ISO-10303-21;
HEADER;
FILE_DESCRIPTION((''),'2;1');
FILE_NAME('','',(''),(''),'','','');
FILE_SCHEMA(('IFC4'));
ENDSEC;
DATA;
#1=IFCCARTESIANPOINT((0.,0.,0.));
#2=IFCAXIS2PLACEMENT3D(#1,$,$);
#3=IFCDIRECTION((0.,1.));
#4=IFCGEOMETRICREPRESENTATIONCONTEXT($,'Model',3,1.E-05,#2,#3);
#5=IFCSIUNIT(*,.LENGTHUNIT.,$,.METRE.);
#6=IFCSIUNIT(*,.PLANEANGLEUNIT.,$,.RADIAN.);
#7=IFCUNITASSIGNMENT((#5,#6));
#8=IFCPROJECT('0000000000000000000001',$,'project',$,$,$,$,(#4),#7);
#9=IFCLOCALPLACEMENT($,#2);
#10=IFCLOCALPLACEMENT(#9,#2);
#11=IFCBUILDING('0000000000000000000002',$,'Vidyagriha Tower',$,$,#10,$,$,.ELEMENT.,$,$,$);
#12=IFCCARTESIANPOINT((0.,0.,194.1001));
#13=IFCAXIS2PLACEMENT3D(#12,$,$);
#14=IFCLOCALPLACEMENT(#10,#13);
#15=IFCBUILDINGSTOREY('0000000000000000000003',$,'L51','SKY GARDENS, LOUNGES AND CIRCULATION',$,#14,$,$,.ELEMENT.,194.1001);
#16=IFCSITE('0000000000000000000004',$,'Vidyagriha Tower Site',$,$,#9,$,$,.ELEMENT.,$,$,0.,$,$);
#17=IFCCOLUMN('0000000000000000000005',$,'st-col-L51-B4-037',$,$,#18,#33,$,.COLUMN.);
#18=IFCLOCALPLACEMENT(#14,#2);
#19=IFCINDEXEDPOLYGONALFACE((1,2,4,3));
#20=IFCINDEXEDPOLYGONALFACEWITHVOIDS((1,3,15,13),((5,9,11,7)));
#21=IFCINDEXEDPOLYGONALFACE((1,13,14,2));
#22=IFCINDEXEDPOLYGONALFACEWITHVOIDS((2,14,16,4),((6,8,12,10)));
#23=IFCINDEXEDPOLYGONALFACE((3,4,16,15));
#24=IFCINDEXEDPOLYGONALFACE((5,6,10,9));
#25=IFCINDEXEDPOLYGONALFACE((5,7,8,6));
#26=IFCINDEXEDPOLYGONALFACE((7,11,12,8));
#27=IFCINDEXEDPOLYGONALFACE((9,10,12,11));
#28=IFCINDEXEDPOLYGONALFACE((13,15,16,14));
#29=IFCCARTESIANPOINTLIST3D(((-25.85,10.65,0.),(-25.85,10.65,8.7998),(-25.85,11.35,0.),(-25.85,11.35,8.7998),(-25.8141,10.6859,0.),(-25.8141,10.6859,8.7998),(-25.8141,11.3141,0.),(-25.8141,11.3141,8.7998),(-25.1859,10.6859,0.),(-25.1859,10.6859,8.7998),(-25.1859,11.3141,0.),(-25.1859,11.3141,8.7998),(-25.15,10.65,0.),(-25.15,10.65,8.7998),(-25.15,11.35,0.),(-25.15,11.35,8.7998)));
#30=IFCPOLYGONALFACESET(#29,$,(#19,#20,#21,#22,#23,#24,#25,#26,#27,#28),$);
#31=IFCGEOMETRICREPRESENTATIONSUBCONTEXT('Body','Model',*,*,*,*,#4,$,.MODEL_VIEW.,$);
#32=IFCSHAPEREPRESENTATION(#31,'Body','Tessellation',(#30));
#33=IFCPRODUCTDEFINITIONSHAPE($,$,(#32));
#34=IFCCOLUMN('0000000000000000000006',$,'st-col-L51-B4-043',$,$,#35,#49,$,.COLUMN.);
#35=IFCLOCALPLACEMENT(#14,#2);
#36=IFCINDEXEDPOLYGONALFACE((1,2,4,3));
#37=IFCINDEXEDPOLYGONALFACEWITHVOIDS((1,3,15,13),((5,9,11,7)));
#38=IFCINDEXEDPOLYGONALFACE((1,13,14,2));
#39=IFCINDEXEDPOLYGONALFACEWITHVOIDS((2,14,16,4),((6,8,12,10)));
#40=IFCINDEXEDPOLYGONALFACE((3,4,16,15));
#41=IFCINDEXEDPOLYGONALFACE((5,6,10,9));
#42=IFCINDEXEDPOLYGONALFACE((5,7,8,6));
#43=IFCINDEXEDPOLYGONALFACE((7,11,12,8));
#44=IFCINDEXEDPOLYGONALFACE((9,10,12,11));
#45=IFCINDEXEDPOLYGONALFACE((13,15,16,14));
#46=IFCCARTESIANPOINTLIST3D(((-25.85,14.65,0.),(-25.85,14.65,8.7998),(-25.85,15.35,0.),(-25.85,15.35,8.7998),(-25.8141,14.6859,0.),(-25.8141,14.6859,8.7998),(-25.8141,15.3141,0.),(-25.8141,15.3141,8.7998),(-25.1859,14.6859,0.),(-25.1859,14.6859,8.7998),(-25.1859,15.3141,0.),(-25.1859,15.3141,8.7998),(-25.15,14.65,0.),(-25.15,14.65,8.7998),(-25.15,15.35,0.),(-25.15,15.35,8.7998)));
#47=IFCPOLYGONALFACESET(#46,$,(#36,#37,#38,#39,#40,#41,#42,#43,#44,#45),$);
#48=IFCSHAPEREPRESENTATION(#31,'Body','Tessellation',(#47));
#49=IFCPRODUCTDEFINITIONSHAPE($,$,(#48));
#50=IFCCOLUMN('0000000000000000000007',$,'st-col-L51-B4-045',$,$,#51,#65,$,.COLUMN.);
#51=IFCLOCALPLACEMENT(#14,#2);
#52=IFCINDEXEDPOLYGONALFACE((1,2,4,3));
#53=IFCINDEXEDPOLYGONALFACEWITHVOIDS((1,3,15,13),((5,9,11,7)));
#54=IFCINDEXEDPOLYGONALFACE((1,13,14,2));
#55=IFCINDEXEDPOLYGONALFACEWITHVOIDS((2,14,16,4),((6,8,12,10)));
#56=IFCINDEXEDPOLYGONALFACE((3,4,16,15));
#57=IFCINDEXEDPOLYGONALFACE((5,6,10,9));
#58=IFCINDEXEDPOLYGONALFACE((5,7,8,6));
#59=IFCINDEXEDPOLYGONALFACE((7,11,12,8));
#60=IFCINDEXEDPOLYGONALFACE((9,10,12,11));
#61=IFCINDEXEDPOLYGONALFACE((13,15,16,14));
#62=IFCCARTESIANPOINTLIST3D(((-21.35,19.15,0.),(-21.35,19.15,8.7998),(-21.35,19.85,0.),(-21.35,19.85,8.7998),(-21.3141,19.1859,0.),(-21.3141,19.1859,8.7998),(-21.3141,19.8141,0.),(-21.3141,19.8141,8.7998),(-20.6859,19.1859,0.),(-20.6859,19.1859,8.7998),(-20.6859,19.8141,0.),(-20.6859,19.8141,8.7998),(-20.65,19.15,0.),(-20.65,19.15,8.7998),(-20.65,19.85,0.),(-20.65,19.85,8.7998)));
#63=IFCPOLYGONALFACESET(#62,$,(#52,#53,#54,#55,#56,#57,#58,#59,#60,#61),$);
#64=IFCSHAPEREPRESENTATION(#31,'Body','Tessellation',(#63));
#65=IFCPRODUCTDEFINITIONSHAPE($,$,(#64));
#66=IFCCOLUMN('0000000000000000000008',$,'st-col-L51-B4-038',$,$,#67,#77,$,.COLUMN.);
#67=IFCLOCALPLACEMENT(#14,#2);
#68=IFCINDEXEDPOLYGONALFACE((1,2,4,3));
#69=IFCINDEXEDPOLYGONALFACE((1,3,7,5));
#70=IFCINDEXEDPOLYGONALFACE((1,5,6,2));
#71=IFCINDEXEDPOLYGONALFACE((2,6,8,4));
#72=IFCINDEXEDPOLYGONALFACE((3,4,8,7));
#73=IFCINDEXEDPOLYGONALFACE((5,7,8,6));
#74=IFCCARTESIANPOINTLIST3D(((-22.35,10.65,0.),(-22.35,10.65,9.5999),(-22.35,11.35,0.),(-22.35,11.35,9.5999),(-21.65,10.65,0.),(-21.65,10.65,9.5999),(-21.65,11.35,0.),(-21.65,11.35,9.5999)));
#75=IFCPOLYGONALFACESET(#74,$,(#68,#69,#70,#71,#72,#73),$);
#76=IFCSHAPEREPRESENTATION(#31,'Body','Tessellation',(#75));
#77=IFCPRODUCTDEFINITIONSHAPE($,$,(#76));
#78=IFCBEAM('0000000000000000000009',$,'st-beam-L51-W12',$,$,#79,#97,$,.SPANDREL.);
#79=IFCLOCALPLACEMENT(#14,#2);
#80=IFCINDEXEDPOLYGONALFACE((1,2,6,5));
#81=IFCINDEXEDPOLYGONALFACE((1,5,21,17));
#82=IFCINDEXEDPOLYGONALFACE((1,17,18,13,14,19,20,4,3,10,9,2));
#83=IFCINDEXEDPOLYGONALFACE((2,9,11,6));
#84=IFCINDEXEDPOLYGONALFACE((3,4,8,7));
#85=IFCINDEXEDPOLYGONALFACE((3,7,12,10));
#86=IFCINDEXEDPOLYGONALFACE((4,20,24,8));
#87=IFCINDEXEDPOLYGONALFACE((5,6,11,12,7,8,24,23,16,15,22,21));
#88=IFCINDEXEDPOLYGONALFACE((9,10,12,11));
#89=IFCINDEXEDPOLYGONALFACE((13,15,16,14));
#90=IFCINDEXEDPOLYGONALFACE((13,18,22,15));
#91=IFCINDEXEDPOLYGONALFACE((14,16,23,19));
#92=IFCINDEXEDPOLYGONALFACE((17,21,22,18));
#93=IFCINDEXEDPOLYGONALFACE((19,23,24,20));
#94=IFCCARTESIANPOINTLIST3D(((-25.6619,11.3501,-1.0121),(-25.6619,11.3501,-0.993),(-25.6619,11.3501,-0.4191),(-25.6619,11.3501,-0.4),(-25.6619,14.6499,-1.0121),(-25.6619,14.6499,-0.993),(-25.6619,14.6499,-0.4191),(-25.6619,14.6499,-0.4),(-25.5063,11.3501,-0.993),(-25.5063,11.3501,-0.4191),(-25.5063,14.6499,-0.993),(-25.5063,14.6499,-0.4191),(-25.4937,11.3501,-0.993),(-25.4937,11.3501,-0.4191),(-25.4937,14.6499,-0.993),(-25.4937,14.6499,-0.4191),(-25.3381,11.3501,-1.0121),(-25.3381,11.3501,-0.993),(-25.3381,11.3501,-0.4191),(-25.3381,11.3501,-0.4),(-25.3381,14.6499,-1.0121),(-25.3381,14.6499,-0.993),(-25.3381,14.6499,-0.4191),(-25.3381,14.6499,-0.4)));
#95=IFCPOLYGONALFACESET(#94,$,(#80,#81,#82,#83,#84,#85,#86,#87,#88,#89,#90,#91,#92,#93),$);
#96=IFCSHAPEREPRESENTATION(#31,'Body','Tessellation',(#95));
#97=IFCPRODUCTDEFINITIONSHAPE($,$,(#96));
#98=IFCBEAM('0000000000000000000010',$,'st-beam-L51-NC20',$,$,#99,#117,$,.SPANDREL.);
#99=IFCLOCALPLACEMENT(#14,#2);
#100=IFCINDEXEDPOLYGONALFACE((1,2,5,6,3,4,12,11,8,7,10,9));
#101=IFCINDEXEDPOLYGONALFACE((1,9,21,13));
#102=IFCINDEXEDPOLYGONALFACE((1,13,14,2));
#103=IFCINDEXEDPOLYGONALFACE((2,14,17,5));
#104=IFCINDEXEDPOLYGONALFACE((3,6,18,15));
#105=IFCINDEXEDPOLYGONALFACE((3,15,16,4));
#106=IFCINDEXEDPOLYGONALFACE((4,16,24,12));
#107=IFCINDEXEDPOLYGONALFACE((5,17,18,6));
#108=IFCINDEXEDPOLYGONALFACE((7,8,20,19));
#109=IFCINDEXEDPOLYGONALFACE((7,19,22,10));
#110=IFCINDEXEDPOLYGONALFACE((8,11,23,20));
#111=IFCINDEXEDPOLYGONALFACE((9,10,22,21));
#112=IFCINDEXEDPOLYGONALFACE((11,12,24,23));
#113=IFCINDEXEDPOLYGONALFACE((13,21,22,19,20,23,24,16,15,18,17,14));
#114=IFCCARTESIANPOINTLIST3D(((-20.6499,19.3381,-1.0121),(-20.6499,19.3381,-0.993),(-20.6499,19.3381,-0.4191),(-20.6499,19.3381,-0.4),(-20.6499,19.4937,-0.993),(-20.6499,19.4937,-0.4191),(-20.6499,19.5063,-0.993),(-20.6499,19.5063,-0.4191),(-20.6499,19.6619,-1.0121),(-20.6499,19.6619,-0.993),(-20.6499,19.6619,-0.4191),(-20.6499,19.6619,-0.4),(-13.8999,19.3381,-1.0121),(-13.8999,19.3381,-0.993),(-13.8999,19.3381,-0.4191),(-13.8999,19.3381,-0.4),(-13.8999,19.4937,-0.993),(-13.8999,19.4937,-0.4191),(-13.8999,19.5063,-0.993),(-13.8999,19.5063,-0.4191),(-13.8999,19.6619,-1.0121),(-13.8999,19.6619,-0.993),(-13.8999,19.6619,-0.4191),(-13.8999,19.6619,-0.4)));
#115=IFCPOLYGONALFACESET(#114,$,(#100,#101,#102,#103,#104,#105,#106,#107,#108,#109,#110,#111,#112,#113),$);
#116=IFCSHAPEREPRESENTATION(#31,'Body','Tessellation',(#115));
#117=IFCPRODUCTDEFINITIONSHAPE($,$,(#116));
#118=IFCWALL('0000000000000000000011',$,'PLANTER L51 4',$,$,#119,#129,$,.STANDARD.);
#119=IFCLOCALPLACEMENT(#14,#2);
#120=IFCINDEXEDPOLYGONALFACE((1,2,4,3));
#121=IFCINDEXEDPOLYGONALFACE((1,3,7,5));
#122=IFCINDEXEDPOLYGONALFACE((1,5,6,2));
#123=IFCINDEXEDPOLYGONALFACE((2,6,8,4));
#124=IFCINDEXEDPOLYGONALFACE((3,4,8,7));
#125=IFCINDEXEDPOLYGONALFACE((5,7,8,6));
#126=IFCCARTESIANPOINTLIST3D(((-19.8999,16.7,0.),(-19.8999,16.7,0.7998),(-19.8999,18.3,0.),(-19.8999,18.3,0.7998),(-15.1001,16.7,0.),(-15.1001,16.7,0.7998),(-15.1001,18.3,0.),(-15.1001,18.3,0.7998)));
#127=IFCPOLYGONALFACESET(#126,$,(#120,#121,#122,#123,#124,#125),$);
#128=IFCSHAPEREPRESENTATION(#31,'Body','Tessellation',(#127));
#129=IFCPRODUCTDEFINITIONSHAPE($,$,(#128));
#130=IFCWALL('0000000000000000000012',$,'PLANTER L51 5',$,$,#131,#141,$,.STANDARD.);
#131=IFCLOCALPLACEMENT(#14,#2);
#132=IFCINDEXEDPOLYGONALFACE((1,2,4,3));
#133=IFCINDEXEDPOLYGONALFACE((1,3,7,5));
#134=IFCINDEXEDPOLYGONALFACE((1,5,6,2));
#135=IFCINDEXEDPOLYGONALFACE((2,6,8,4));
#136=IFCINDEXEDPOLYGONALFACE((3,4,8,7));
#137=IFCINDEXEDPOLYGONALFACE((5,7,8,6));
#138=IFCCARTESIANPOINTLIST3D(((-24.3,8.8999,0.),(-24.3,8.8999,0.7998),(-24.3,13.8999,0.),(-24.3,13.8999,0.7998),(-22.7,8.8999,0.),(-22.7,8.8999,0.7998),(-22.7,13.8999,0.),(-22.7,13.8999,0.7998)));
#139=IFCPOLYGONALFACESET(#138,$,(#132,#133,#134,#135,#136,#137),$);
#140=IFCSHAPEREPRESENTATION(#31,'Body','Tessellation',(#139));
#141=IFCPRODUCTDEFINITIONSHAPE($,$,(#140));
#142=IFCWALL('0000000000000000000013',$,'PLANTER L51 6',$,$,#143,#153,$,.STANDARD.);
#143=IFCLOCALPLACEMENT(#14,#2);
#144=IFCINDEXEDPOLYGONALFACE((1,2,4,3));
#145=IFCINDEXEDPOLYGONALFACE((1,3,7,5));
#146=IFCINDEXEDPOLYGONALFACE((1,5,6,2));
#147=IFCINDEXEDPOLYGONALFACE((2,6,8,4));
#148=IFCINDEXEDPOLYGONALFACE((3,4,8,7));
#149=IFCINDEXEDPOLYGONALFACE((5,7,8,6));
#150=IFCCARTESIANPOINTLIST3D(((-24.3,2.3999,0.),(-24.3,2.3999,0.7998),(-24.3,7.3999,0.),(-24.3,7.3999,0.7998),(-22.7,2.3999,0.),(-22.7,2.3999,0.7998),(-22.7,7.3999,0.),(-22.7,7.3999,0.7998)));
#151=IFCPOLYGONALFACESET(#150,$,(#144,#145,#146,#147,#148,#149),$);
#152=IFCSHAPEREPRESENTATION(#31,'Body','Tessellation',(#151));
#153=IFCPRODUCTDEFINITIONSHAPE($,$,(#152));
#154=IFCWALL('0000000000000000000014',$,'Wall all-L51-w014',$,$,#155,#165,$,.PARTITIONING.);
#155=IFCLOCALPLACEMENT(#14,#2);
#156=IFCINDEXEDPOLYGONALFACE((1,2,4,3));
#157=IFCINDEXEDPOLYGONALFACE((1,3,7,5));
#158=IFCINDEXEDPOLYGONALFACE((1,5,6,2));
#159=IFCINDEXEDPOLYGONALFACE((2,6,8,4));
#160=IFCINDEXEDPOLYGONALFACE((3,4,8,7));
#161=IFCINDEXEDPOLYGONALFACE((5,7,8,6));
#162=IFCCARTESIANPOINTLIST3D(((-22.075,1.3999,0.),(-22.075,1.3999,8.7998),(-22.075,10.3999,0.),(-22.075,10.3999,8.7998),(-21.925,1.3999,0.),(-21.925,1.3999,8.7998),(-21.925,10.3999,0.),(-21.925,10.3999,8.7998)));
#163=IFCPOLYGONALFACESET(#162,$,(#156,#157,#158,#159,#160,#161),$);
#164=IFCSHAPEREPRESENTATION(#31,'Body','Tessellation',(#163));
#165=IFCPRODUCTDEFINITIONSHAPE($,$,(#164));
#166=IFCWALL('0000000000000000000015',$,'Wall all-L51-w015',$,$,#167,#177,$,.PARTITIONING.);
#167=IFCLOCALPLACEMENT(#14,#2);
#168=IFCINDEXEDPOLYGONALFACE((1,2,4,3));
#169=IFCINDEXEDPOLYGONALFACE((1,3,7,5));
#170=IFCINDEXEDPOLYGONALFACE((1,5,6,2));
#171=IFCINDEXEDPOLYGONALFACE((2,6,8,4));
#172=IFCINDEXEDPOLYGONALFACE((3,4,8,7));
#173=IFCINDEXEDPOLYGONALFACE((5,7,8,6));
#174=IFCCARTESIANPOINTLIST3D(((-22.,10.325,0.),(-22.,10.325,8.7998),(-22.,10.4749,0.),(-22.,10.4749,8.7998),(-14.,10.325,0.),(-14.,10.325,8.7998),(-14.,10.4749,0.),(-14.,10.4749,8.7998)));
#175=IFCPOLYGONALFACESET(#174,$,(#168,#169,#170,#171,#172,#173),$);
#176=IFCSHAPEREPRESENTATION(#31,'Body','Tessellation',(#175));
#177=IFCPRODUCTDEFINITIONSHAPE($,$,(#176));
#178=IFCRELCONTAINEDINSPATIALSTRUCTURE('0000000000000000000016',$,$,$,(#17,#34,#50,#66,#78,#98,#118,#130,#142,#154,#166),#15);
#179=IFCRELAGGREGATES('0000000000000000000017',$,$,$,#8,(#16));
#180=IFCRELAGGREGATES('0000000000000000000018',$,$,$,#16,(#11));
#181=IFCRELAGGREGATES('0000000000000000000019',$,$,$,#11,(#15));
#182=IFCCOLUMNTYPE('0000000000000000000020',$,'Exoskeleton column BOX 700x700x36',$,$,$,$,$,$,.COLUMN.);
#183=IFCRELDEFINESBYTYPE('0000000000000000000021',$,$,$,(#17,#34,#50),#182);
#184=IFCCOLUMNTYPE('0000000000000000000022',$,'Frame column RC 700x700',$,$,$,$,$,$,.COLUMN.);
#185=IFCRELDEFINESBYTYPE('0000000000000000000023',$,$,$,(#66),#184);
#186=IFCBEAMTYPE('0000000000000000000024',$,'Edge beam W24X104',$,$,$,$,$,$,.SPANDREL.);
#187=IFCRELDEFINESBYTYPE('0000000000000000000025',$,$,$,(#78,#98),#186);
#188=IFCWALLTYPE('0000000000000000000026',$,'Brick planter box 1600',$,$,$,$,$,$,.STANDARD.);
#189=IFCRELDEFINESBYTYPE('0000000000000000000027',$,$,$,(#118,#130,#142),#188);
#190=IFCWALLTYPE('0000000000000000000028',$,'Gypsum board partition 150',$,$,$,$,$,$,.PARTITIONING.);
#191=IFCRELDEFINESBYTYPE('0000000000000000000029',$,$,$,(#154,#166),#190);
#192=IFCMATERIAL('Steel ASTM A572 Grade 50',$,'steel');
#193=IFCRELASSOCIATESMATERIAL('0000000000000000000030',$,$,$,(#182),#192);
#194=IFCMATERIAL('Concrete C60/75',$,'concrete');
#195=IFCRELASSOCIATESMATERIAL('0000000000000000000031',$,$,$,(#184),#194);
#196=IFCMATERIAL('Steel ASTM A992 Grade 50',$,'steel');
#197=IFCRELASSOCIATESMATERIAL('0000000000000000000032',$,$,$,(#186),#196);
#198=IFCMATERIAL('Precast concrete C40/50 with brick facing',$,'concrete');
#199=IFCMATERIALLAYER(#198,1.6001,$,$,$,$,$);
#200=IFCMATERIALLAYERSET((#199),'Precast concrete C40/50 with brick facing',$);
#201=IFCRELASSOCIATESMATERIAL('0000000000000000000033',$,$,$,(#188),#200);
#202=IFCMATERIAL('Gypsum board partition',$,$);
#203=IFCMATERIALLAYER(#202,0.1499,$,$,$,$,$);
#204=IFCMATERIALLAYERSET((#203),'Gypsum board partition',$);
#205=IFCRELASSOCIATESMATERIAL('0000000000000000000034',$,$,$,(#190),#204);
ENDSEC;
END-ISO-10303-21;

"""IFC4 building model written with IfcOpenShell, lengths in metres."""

from ifc_helpers import new_model, si_unit, direction, frame, frame_2d, origin, origin_2d, place, context, subcontext, project, spatial, rectangle, hollow_rectangle, i_section, extrude, material, layer, layer_set, material_profile, profile_set, type_object, element, save


model = new_model("IFC4")

# Units and contexts
model_context = context("Model", 3, precision=1e-05, world=origin(), true_north=direction((0.0, 1.0)))
body_context = subcontext(model_context, "Body", "Model", "MODEL_VIEW")
ifc_project = project(units=[si_unit("LENGTHUNIT", "METRE"), si_unit("PLANEANGLEUNIT", "RADIAN")], contexts=[model_context])

# Site, building, storey
site_placement = place(None, origin())
site = spatial("IfcSite", under=ifc_project, at=site_placement, Name="Vidyagriha Tower Site", CompositionType="ELEMENT", RefElevation=0.0)
building_placement = place(site_placement, origin())
building = spatial("IfcBuilding", under=site, at=building_placement, Name="Vidyagriha Tower", CompositionType="ELEMENT")
storey_placement = place(building_placement, frame((0.0, 0.0, 194.1001)))
storey = spatial("IfcBuildingStorey", under=building, at=storey_placement, Name="L51", Description="SKY GARDENS, LOUNGES AND CIRCULATION", CompositionType="ELEMENT", Elevation=194.1001)

# Columns
ifc_material_1 = material(Name="Steel ASTM A572 Grade 50", Category="steel")
ifc_material_profile_1 = material_profile(ifc_material_1, hollow_rectangle(XDim=0.7, YDim=0.7, WallThickness=0.0359, at=origin_2d()), Name="BOX 700x700x36")
ifc_profile_set_1 = profile_set([ifc_material_profile_1], Name="Steel ASTM A572 Grade 50")
column_type_1 = type_object("IfcColumnType", Name="Exoskeleton column BOX 700x700x36", PredefinedType="COLUMN", material=ifc_profile_set_1)
for number, where, name in (
    (1, (-25.5, 11.0, 0.0), "st-col-L51-B4-037"),
    (2, (-25.5, 15.0, 0.0), "st-col-L51-B4-043"),
    (3, (-21.0, 19.5, 0.0), "st-col-L51-B4-045"),
):
    element("IfcColumn", number, at=place(storey_placement, frame(where)), inside=storey, type_object=column_type_1, Name=name, PredefinedType="COLUMN", context=body_context, shape_type="SweptSolid", body=[
        extrude(hollow_rectangle(XDim=0.7, YDim=0.7, WallThickness=0.0359, at=origin_2d()), origin(), (0.0, 0.0, 1.0), 8.7998),
    ])
ifc_material_2 = material(Name="Concrete C60/75", Category="concrete")
ifc_material_profile_2 = material_profile(ifc_material_2, rectangle(XDim=0.7, YDim=0.7, at=origin_2d()), Name="RC 700x700")
ifc_profile_set_2 = profile_set([ifc_material_profile_2], Name="Concrete C60/75")
column_type_2 = type_object("IfcColumnType", Name="Frame column RC 700x700", PredefinedType="COLUMN", material=ifc_profile_set_2)
column_placement = place(storey_placement, frame((-22.0, 11.0, 0.0)))
element("IfcColumn", 4, at=column_placement, inside=storey, type_object=column_type_2, Name="st-col-L51-B4-038", PredefinedType="COLUMN", context=body_context, shape_type="SweptSolid", body=[
    extrude(rectangle(XDim=0.7, YDim=0.7, at=origin_2d()), origin(), (0.0, 0.0, 1.0), 9.5999),
])

# Beams
ifc_material_3 = material(Name="Steel ASTM A992 Grade 50", Category="steel")
ifc_material_profile_3 = material_profile(ifc_material_3, i_section(OverallWidth=0.3237, OverallDepth=0.6121, WebThickness=0.0127, FlangeThickness=0.019, at=origin_2d()), Name="W24X104")
ifc_profile_set_3 = profile_set([ifc_material_profile_3], Name="Steel ASTM A992 Grade 50")
beam_type = type_object("IfcBeamType", Name="Edge beam W24X104", PredefinedType="SPANDREL", material=ifc_profile_set_3)
beam_1_placement = place(storey_placement, frame((-25.5, 11.3501, -0.7061), z_axis=(0.0, 1.0, 0.0), x_axis=(-1.0, 0.0, 0.0)))
element("IfcBeam", 5, at=beam_1_placement, inside=storey, type_object=beam_type, Name="st-beam-L51-W12", PredefinedType="SPANDREL", context=body_context, shape_type="SweptSolid", body=[
    extrude(i_section(OverallWidth=0.3237, OverallDepth=0.6121, WebThickness=0.0127, FlangeThickness=0.019, at=origin_2d()), origin(), (0.0, 0.0, 1.0), 3.2998),
])
beam_2_placement = place(storey_placement, frame((-20.6499, 19.5, -0.7061), z_axis=(1.0, 0.0, 0.0), x_axis=(0.0, 1.0, 0.0)))
element("IfcBeam", 6, at=beam_2_placement, inside=storey, type_object=beam_type, Name="st-beam-L51-NC20", PredefinedType="SPANDREL", context=body_context, shape_type="SweptSolid", body=[
    extrude(i_section(OverallWidth=0.3237, OverallDepth=0.6121, WebThickness=0.0127, FlangeThickness=0.019, at=origin_2d()), origin(), (0.0, 0.0, 1.0), 6.75),
])

# Walls
ifc_material_4 = material(Name="Precast concrete C40/50 with brick facing", Category="concrete")
ifc_layer_1 = layer(ifc_material_4, 1.6001)
ifc_layer_set_1 = layer_set([ifc_layer_1], Name="Precast concrete C40/50 with brick facing")
wall_type_1 = type_object("IfcWallType", Name="Brick planter box 1600", PredefinedType="STANDARD", material=ifc_layer_set_1)
wall_1_placement = place(storey_placement, frame((-15.1001, 17.5, 0.0), z_axis=(0.0, 0.0, 1.0), x_axis=(-1.0, 0.0, 0.0)))
element("IfcWall", 7, at=wall_1_placement, inside=storey, type_object=wall_type_1, Name="PLANTER L51 4", PredefinedType="STANDARD", context=body_context, shape_type="SweptSolid", body=[
    extrude(rectangle(XDim=4.7998, YDim=1.6001, at=frame_2d((2.3999, 0.0))), origin(), (0.0, 0.0, 1.0), 0.7998),
])
for number, where, z_axis, x_axis, name in (
    (8, (-23.5, 13.8999, 0.0), (0.0, 0.0, 1.0), (0.0, -1.0, 0.0), "PLANTER L51 5"),
    (9, (-23.5, 7.3999, 0.0), (0.0, 0.0, 1.0), (0.0, -1.0, 0.0), "PLANTER L51 6"),
):
    element("IfcWall", number, at=place(storey_placement, frame(where, z_axis=z_axis, x_axis=x_axis)), inside=storey, type_object=wall_type_1, Name=name, PredefinedType="STANDARD", context=body_context, shape_type="SweptSolid", body=[
        extrude(rectangle(XDim=5.0, YDim=1.6001, at=frame_2d((2.5, 0.0))), origin(), (0.0, 0.0, 1.0), 0.7998),
    ])
ifc_material_5 = material(Name="Gypsum board partition")
ifc_layer_2 = layer(ifc_material_5, 0.1499)
ifc_layer_set_2 = layer_set([ifc_layer_2], Name="Gypsum board partition")
wall_type_2 = type_object("IfcWallType", Name="Gypsum board partition 150", PredefinedType="PARTITIONING", material=ifc_layer_set_2)
wall_2_placement = place(storey_placement, frame((-22.0, 10.3999, 0.0), z_axis=(0.0, 0.0, 1.0), x_axis=(0.0, -1.0, 0.0)))
element("IfcWall", 10, at=wall_2_placement, inside=storey, type_object=wall_type_2, Name="Wall all-L51-w014", PredefinedType="PARTITIONING", context=body_context, shape_type="SweptSolid", body=[
    extrude(rectangle(XDim=9.0, YDim=0.1499, at=frame_2d((4.5, 0.0))), origin(), (0.0, 0.0, 1.0), 8.7998),
])
wall_3_placement = place(storey_placement, frame((-14.0, 10.3999, 0.0), z_axis=(0.0, 0.0, 1.0), x_axis=(-1.0, 0.0, 0.0)))
element("IfcWall", 11, at=wall_3_placement, inside=storey, type_object=wall_type_2, Name="Wall all-L51-w015", PredefinedType="PARTITIONING", context=body_context, shape_type="SweptSolid", body=[
    extrude(rectangle(XDim=8.0, YDim=0.1499, at=frame_2d((4.0, 0.0))), origin(), (0.0, 0.0, 1.0), 8.7998),
])

save(model, "model.ifc")
